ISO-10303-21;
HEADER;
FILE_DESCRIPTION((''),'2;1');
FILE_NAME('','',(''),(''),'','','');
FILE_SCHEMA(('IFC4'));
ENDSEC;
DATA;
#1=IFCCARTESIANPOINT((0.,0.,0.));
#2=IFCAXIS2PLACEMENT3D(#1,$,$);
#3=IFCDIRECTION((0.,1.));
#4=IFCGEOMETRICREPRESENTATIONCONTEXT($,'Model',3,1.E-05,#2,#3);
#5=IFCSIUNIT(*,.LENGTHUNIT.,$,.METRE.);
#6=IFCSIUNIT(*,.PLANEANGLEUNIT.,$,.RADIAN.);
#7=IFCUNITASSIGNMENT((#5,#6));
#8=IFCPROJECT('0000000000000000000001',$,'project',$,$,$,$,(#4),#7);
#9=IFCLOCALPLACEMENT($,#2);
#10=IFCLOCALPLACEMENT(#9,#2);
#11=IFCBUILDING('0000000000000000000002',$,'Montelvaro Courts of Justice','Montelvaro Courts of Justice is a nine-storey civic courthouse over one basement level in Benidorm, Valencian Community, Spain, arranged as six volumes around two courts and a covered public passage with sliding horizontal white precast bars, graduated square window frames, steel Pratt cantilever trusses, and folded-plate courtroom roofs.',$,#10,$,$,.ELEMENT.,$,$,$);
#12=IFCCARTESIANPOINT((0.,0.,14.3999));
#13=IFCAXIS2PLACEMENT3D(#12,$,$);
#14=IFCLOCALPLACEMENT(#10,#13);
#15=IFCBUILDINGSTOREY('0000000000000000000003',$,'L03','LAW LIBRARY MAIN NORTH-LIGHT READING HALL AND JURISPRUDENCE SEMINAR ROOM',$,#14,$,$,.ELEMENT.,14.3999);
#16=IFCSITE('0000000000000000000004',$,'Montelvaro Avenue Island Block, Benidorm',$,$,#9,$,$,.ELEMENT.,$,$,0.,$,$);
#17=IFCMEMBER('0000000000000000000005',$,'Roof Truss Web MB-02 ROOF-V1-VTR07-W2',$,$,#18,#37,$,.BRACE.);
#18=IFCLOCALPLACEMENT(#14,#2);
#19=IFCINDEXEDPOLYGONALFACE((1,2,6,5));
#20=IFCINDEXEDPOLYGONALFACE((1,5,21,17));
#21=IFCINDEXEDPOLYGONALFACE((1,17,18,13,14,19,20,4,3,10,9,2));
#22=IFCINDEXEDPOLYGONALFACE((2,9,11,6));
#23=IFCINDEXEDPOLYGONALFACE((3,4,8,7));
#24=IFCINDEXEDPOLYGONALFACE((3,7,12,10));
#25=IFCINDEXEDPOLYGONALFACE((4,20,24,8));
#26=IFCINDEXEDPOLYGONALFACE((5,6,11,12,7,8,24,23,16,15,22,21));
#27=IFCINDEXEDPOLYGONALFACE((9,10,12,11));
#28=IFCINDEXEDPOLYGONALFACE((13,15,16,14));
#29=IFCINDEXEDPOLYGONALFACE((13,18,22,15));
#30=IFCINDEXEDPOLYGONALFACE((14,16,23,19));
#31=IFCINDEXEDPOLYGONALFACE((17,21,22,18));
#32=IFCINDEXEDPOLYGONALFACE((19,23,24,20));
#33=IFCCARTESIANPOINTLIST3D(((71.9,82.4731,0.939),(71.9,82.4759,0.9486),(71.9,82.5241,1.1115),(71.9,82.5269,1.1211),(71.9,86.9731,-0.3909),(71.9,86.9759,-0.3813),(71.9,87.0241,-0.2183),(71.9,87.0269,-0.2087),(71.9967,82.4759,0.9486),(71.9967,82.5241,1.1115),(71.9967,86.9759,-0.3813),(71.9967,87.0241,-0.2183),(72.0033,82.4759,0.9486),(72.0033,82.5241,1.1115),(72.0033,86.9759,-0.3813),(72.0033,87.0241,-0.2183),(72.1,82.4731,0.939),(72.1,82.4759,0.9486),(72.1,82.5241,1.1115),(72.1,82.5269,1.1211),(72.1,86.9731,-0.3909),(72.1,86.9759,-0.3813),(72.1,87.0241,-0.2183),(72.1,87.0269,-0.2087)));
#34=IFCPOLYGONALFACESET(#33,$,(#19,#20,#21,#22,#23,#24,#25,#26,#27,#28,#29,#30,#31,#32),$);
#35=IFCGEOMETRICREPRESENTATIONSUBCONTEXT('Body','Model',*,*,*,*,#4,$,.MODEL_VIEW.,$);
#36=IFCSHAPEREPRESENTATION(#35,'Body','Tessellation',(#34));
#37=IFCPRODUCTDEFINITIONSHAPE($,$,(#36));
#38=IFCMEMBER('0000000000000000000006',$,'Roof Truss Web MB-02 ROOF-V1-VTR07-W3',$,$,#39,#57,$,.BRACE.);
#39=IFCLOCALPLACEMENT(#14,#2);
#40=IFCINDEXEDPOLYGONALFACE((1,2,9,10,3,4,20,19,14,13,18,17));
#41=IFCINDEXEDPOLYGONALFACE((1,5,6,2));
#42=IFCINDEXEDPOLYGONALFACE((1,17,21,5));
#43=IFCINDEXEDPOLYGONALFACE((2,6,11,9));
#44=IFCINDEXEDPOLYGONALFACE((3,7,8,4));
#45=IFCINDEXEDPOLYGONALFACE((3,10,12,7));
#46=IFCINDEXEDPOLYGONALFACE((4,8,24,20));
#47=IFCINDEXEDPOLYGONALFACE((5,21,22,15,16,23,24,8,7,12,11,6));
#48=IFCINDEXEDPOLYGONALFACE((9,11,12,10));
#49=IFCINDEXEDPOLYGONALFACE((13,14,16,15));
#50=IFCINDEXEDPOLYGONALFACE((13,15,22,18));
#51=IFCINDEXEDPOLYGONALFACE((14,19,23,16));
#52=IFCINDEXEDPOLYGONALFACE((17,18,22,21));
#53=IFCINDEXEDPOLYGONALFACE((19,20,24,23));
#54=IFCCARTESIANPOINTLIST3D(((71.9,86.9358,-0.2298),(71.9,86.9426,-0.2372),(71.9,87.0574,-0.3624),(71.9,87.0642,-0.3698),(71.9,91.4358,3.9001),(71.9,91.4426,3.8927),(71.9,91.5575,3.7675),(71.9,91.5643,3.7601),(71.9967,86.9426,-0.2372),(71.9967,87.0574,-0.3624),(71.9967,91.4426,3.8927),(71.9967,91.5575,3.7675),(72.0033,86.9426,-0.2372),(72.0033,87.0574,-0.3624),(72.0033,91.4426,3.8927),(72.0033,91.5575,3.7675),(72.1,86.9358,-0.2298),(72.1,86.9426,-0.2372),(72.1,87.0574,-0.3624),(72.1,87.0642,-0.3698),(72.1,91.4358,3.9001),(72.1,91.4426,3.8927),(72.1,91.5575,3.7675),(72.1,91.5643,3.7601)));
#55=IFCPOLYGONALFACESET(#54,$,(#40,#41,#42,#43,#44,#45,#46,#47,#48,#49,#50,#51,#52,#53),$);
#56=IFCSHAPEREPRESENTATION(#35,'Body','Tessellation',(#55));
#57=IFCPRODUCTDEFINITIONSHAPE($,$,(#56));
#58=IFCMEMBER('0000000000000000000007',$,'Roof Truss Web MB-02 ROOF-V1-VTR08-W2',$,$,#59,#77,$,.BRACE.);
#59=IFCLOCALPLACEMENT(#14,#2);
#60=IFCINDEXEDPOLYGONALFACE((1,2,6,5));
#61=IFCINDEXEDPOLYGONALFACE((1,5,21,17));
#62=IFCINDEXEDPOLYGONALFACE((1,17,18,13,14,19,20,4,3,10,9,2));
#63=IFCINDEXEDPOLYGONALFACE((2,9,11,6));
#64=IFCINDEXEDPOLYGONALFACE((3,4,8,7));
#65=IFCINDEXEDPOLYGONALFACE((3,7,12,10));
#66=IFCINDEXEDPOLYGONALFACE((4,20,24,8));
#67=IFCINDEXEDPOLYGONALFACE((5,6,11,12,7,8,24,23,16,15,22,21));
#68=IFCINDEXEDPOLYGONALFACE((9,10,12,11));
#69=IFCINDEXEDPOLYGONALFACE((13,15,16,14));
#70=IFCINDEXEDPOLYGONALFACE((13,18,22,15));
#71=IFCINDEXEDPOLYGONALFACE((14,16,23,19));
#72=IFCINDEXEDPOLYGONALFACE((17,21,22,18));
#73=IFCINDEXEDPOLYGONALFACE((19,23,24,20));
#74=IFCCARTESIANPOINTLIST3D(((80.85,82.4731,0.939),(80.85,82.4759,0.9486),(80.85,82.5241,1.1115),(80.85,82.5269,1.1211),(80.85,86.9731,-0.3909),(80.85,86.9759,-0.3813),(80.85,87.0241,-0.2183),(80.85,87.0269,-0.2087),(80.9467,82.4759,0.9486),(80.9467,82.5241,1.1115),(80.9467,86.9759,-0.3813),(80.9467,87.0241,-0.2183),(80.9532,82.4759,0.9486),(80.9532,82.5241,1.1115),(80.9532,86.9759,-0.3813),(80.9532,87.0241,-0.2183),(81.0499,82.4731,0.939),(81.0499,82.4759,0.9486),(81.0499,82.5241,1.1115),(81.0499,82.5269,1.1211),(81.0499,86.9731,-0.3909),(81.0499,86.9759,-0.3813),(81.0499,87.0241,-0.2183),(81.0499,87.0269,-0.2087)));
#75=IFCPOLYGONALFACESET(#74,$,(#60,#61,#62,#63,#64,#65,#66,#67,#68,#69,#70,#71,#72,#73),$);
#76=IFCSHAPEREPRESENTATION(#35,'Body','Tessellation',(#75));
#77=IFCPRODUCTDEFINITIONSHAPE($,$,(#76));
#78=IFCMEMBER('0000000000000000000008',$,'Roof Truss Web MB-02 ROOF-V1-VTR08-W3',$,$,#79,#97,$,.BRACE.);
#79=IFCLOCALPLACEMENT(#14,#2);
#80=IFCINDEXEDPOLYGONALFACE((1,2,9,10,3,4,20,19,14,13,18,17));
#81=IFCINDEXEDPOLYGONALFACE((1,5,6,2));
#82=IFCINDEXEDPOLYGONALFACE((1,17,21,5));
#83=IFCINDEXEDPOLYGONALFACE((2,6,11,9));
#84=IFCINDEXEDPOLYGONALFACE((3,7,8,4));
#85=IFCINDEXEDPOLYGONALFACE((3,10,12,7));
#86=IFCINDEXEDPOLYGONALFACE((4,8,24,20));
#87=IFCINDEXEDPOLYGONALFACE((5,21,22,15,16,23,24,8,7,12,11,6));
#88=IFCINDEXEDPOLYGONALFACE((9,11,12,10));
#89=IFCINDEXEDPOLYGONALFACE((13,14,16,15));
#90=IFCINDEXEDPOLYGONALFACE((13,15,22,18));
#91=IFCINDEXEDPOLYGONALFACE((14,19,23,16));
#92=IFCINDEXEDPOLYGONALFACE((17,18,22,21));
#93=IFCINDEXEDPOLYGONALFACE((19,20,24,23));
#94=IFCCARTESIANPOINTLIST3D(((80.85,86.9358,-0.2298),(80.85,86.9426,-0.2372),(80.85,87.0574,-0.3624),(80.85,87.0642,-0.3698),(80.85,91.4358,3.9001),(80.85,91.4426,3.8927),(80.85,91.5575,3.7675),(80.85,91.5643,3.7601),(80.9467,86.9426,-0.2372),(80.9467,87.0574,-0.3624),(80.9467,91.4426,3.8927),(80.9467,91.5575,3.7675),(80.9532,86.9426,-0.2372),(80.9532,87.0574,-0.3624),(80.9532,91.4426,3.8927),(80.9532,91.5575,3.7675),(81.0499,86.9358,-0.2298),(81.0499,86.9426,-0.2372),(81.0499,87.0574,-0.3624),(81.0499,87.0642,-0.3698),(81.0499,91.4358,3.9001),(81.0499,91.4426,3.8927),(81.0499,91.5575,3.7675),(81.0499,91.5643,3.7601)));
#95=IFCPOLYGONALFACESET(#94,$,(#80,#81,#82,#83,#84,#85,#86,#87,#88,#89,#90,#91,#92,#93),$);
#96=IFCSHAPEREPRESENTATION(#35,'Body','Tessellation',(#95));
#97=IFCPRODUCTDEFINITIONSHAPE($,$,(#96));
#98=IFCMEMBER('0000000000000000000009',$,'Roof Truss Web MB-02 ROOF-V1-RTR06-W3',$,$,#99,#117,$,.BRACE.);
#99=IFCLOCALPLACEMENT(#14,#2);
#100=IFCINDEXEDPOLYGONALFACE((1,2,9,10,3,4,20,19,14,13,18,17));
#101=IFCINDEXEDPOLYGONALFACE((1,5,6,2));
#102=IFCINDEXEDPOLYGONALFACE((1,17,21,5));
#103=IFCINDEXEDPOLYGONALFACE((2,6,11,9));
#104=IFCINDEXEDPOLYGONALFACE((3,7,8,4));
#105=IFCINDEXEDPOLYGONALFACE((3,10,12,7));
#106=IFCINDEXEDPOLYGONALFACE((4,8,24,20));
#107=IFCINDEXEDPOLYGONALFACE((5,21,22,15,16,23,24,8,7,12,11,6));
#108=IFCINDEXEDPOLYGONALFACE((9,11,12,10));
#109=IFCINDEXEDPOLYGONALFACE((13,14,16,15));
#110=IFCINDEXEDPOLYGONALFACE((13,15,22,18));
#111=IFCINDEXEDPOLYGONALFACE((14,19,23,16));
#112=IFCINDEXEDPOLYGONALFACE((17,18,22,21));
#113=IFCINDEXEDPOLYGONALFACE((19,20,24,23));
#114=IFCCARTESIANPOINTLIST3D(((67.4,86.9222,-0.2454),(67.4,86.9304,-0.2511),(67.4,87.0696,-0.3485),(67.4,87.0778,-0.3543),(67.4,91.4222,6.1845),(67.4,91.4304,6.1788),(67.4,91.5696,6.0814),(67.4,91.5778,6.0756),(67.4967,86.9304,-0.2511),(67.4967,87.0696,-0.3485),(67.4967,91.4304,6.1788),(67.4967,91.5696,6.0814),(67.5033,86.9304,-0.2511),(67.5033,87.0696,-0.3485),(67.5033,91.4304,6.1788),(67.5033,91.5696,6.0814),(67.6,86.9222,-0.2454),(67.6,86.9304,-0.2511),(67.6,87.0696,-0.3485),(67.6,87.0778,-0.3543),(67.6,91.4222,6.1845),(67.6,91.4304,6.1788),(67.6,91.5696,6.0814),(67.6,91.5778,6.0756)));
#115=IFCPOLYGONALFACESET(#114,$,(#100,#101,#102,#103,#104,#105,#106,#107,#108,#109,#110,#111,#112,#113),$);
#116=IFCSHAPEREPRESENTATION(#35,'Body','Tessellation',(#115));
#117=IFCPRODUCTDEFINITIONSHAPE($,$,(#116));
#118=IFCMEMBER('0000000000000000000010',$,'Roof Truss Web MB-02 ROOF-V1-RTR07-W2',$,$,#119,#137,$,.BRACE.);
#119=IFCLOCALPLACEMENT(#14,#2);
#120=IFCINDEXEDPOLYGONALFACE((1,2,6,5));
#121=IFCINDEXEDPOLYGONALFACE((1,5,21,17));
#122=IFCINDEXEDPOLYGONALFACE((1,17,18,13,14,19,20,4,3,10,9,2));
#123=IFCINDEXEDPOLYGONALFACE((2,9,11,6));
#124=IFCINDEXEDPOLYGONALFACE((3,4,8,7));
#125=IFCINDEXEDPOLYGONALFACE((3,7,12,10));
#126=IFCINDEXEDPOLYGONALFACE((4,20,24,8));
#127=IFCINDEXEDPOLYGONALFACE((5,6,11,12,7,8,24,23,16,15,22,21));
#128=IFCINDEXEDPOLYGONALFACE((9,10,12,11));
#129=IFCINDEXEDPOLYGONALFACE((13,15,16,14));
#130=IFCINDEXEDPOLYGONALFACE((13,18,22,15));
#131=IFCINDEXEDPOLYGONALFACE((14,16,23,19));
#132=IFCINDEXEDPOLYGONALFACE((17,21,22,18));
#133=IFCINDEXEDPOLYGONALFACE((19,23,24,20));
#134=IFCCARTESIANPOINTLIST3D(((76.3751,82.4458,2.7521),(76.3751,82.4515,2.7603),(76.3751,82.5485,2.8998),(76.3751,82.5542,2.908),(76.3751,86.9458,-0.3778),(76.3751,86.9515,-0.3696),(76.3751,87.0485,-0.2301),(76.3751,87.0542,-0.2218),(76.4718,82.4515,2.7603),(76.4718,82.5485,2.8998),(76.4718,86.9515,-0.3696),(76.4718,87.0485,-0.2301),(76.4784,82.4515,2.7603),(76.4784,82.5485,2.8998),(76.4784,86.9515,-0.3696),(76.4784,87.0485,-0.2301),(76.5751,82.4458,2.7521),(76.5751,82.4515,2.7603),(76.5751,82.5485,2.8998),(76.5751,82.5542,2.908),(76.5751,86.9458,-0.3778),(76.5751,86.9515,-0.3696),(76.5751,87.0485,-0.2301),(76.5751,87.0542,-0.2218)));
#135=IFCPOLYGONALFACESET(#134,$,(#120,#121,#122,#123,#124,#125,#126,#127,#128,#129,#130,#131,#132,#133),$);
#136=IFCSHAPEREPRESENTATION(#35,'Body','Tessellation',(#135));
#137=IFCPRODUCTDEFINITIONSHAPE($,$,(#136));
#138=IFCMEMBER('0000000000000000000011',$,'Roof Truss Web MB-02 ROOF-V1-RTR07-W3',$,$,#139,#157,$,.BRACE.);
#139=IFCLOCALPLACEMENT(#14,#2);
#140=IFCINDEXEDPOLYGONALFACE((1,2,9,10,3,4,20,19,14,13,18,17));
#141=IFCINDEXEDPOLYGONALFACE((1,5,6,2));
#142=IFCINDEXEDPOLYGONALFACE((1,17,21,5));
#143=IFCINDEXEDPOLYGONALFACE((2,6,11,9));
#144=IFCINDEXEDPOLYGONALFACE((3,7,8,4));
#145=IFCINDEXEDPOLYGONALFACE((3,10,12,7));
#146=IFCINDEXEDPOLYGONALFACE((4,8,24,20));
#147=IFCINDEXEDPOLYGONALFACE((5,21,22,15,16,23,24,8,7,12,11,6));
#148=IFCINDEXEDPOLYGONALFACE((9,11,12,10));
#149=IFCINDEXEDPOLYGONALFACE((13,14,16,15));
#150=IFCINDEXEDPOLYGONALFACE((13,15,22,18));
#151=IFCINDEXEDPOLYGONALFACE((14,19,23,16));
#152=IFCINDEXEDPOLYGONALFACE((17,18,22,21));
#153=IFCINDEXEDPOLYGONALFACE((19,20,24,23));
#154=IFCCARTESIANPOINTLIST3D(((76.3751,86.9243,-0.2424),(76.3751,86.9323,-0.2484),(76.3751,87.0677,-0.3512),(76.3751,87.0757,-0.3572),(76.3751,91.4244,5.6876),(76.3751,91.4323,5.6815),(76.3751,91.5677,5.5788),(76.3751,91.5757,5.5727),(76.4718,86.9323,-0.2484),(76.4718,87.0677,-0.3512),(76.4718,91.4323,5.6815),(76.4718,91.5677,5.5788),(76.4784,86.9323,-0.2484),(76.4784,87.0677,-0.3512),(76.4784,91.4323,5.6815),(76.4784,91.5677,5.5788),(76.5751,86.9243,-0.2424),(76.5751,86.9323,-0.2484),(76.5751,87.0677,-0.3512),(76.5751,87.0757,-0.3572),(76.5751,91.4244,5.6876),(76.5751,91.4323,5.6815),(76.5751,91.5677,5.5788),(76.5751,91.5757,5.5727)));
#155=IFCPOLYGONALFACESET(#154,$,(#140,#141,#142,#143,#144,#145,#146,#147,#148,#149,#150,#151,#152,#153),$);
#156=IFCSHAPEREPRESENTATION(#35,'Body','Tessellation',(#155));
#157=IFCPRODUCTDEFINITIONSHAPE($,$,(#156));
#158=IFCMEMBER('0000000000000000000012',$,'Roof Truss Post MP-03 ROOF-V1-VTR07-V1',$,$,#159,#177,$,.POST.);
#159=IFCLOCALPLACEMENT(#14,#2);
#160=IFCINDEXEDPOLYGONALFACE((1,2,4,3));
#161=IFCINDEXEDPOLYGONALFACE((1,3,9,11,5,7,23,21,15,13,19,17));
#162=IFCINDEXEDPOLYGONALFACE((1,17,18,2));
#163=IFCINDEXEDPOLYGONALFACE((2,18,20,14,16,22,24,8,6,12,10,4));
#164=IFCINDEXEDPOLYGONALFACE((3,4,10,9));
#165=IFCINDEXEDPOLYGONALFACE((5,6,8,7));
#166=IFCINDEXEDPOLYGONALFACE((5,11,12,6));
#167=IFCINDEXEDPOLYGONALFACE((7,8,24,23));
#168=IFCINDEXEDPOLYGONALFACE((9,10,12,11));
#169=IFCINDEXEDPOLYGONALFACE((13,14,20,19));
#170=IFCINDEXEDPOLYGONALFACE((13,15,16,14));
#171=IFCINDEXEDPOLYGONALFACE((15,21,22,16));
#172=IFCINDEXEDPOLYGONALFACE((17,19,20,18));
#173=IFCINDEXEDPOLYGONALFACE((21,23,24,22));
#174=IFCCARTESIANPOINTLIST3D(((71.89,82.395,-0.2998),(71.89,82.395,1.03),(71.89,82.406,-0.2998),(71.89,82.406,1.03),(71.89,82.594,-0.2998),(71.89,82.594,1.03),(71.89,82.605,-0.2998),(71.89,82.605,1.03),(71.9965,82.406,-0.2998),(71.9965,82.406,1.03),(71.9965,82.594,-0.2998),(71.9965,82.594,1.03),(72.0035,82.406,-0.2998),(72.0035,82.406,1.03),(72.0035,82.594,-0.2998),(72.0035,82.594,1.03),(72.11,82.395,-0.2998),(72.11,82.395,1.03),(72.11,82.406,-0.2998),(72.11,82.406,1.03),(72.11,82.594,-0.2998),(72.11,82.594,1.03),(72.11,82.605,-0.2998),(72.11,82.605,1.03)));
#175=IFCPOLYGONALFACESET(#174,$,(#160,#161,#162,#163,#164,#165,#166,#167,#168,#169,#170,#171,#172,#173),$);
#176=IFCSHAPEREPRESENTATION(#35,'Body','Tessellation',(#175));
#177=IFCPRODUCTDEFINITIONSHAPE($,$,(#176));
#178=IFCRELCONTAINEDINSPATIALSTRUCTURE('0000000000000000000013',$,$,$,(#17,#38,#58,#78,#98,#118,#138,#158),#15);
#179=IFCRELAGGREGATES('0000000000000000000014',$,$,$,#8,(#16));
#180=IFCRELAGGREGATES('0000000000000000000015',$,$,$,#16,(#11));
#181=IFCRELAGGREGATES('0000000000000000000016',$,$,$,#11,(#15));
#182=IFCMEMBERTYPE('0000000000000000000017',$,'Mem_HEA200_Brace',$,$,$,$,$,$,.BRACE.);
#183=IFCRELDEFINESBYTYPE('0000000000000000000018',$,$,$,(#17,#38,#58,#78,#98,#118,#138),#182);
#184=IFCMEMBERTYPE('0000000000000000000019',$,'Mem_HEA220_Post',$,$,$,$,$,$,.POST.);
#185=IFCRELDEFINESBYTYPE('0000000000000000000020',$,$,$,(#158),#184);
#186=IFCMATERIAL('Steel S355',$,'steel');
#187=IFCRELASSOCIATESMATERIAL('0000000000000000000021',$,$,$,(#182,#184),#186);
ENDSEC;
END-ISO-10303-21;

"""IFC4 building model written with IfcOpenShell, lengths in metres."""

from ifc_helpers import new_model, si_unit, direction, frame, origin, origin_2d, place, context, subcontext, project, spatial, i_section, extrude, material, material_profile, profile_set, type_object, element, save


model = new_model("IFC4")

# Units and contexts
model_context = context("Model", 3, precision=1e-05, world=origin(), true_north=direction((0.0, 1.0)))
body_context = subcontext(model_context, "Body", "Model", "MODEL_VIEW")
ifc_project = project(units=[si_unit("LENGTHUNIT", "METRE"), si_unit("PLANEANGLEUNIT", "RADIAN")], contexts=[model_context])

# Site, building, storey
site_placement = place(None, origin())
site = spatial("IfcSite", under=ifc_project, at=site_placement, Name="Montelvaro Avenue Island Block, Benidorm", CompositionType="ELEMENT", RefElevation=0.0)
building_placement = place(site_placement, origin())
building = spatial("IfcBuilding", under=site, at=building_placement, Name="Montelvaro Courts of Justice", Description="Montelvaro Courts of Justice is a nine-storey civic courthouse over one basement level in Benidorm, Valencian Community, Spain, arranged as six volumes around two courts and a covered public passage with sliding horizontal white precast bars, graduated square window frames, steel Pratt cantilever trusses, and folded-plate courtroom roofs.", CompositionType="ELEMENT")
storey_placement = place(building_placement, frame((0.0, 0.0, 14.3999)))
storey = spatial("IfcBuildingStorey", under=building, at=storey_placement, Name="L03", Description="LAW LIBRARY MAIN NORTH-LIGHT READING HALL AND JURISPRUDENCE SEMINAR ROOM", CompositionType="ELEMENT", Elevation=14.3999)

# Members
ifc_material = material(Name="Steel S355", Category="steel")
ifc_material_profile_1 = material_profile(ifc_material, i_section(OverallWidth=0.2, OverallDepth=0.1899, WebThickness=0.0066, FlangeThickness=0.01, at=origin_2d()), Name="HEA 200")
ifc_profile_set_1 = profile_set([ifc_material_profile_1], Name="Steel S355")
member_type_1 = type_object("IfcMemberType", Name="Mem_HEA200_Brace", PredefinedType="BRACE", material=ifc_profile_set_1)
member_1_placement = place(storey_placement, frame((72.0, 82.5, 1.03), z_axis=(0.0, 0.959001, -0.283403), x_axis=(-1.0, 0.0, 0.0)))
element("IfcMember", 1, at=member_1_placement, inside=storey, type_object=member_type_1, Name="Roof Truss Web MB-02 ROOF-V1-VTR07-W2", PredefinedType="BRACE", context=body_context, shape_type="SweptSolid", body=[
    extrude(i_section(OverallWidth=0.2, OverallDepth=0.1899, WebThickness=0.0066, FlangeThickness=0.01, at=origin_2d()), origin(), (0.0, 0.0, 1.0), 4.6924),
])
member_2_placement = place(storey_placement, frame((72.0, 87.0, -0.2998), z_axis=(0.0, 0.736756, 0.676159), x_axis=(-1.0, 0.0, 0.0)))
element("IfcMember", 2, at=member_2_placement, inside=storey, type_object=member_type_1, Name="Roof Truss Web MB-02 ROOF-V1-VTR07-W3", PredefinedType="BRACE", context=body_context, shape_type="SweptSolid", body=[
    extrude(i_section(OverallWidth=0.2, OverallDepth=0.1899, WebThickness=0.0066, FlangeThickness=0.01, at=origin_2d()), origin(), (0.0, 0.0, 1.0), 6.1079),
])
member_3_placement = place(storey_placement, frame((80.95, 82.5, 1.03), z_axis=(0.0, 0.959001, -0.283403), x_axis=(-1.0, 0.0, 0.0)))
element("IfcMember", 3, at=member_3_placement, inside=storey, type_object=member_type_1, Name="Roof Truss Web MB-02 ROOF-V1-VTR08-W2", PredefinedType="BRACE", context=body_context, shape_type="SweptSolid", body=[
    extrude(i_section(OverallWidth=0.2, OverallDepth=0.1899, WebThickness=0.0066, FlangeThickness=0.01, at=origin_2d()), origin(), (0.0, 0.0, 1.0), 4.6924),
])
member_4_placement = place(storey_placement, frame((80.95, 87.0, -0.2998), z_axis=(0.0, 0.736756, 0.676159), x_axis=(-1.0, 0.0, 0.0)))
element("IfcMember", 4, at=member_4_placement, inside=storey, type_object=member_type_1, Name="Roof Truss Web MB-02 ROOF-V1-VTR08-W3", PredefinedType="BRACE", context=body_context, shape_type="SweptSolid", body=[
    extrude(i_section(OverallWidth=0.2, OverallDepth=0.1899, WebThickness=0.0066, FlangeThickness=0.01, at=origin_2d()), origin(), (0.0, 0.0, 1.0), 6.1079),
])
member_5_placement = place(storey_placement, frame((67.5, 87.0, -0.2998), z_axis=(0.0, 0.573381, 0.819289), x_axis=(-1.0, 0.0, 0.0)))
element("IfcMember", 5, at=member_5_placement, inside=storey, type_object=member_type_1, Name="Roof Truss Web MB-02 ROOF-V1-RTR06-W3", PredefinedType="BRACE", context=body_context, shape_type="SweptSolid", body=[
    extrude(i_section(OverallWidth=0.2, OverallDepth=0.1899, WebThickness=0.0066, FlangeThickness=0.01, at=origin_2d()), origin(), (0.0, 0.0, 1.0), 7.8481),
])
member_6_placement = place(storey_placement, frame((76.4751, 82.5, 2.8301), z_axis=(0.0, 0.820952, -0.570997), x_axis=(-1.0, 0.0, 0.0)))
element("IfcMember", 6, at=member_6_placement, inside=storey, type_object=member_type_1, Name="Roof Truss Web MB-02 ROOF-V1-RTR07-W2", PredefinedType="BRACE", context=body_context, shape_type="SweptSolid", body=[
    extrude(i_section(OverallWidth=0.2, OverallDepth=0.1899, WebThickness=0.0066, FlangeThickness=0.01, at=origin_2d()), origin(), (0.0, 0.0, 1.0), 5.4814),
])
member_7_placement = place(storey_placement, frame((76.4751, 87.0, -0.2998), z_axis=(0.0, 0.604509, 0.796599), x_axis=(-1.0, 0.0, 0.0)))
element("IfcMember", 7, at=member_7_placement, inside=storey, type_object=member_type_1, Name="Roof Truss Web MB-02 ROOF-V1-RTR07-W3", PredefinedType="BRACE", context=body_context, shape_type="SweptSolid", body=[
    extrude(i_section(OverallWidth=0.2, OverallDepth=0.1899, WebThickness=0.0066, FlangeThickness=0.01, at=origin_2d()), origin(), (0.0, 0.0, 1.0), 7.4441),
])
ifc_material_profile_2 = material_profile(ifc_material, i_section(OverallWidth=0.22, OverallDepth=0.21, WebThickness=0.0071, FlangeThickness=0.011, at=origin_2d()), Name="HEA 220")
ifc_profile_set_2 = profile_set([ifc_material_profile_2], Name="Steel S355")
member_type_2 = type_object("IfcMemberType", Name="Mem_HEA220_Post", PredefinedType="POST", material=ifc_profile_set_2)
member_8_placement = place(storey_placement, frame((72.0, 82.5, -0.2998), z_axis=(0.0, 0.0, 1.0), x_axis=(1.0, 0.0, 0.0)))
element("IfcMember", 8, at=member_8_placement, inside=storey, type_object=member_type_2, Name="Roof Truss Post MP-03 ROOF-V1-VTR07-V1", PredefinedType="POST", context=body_context, shape_type="SweptSolid", body=[
    extrude(i_section(OverallWidth=0.22, OverallDepth=0.21, WebThickness=0.0071, FlangeThickness=0.011, at=origin_2d()), origin(), (0.0, 0.0, 1.0), 1.3298),
])

save(model, "model.ifc")
